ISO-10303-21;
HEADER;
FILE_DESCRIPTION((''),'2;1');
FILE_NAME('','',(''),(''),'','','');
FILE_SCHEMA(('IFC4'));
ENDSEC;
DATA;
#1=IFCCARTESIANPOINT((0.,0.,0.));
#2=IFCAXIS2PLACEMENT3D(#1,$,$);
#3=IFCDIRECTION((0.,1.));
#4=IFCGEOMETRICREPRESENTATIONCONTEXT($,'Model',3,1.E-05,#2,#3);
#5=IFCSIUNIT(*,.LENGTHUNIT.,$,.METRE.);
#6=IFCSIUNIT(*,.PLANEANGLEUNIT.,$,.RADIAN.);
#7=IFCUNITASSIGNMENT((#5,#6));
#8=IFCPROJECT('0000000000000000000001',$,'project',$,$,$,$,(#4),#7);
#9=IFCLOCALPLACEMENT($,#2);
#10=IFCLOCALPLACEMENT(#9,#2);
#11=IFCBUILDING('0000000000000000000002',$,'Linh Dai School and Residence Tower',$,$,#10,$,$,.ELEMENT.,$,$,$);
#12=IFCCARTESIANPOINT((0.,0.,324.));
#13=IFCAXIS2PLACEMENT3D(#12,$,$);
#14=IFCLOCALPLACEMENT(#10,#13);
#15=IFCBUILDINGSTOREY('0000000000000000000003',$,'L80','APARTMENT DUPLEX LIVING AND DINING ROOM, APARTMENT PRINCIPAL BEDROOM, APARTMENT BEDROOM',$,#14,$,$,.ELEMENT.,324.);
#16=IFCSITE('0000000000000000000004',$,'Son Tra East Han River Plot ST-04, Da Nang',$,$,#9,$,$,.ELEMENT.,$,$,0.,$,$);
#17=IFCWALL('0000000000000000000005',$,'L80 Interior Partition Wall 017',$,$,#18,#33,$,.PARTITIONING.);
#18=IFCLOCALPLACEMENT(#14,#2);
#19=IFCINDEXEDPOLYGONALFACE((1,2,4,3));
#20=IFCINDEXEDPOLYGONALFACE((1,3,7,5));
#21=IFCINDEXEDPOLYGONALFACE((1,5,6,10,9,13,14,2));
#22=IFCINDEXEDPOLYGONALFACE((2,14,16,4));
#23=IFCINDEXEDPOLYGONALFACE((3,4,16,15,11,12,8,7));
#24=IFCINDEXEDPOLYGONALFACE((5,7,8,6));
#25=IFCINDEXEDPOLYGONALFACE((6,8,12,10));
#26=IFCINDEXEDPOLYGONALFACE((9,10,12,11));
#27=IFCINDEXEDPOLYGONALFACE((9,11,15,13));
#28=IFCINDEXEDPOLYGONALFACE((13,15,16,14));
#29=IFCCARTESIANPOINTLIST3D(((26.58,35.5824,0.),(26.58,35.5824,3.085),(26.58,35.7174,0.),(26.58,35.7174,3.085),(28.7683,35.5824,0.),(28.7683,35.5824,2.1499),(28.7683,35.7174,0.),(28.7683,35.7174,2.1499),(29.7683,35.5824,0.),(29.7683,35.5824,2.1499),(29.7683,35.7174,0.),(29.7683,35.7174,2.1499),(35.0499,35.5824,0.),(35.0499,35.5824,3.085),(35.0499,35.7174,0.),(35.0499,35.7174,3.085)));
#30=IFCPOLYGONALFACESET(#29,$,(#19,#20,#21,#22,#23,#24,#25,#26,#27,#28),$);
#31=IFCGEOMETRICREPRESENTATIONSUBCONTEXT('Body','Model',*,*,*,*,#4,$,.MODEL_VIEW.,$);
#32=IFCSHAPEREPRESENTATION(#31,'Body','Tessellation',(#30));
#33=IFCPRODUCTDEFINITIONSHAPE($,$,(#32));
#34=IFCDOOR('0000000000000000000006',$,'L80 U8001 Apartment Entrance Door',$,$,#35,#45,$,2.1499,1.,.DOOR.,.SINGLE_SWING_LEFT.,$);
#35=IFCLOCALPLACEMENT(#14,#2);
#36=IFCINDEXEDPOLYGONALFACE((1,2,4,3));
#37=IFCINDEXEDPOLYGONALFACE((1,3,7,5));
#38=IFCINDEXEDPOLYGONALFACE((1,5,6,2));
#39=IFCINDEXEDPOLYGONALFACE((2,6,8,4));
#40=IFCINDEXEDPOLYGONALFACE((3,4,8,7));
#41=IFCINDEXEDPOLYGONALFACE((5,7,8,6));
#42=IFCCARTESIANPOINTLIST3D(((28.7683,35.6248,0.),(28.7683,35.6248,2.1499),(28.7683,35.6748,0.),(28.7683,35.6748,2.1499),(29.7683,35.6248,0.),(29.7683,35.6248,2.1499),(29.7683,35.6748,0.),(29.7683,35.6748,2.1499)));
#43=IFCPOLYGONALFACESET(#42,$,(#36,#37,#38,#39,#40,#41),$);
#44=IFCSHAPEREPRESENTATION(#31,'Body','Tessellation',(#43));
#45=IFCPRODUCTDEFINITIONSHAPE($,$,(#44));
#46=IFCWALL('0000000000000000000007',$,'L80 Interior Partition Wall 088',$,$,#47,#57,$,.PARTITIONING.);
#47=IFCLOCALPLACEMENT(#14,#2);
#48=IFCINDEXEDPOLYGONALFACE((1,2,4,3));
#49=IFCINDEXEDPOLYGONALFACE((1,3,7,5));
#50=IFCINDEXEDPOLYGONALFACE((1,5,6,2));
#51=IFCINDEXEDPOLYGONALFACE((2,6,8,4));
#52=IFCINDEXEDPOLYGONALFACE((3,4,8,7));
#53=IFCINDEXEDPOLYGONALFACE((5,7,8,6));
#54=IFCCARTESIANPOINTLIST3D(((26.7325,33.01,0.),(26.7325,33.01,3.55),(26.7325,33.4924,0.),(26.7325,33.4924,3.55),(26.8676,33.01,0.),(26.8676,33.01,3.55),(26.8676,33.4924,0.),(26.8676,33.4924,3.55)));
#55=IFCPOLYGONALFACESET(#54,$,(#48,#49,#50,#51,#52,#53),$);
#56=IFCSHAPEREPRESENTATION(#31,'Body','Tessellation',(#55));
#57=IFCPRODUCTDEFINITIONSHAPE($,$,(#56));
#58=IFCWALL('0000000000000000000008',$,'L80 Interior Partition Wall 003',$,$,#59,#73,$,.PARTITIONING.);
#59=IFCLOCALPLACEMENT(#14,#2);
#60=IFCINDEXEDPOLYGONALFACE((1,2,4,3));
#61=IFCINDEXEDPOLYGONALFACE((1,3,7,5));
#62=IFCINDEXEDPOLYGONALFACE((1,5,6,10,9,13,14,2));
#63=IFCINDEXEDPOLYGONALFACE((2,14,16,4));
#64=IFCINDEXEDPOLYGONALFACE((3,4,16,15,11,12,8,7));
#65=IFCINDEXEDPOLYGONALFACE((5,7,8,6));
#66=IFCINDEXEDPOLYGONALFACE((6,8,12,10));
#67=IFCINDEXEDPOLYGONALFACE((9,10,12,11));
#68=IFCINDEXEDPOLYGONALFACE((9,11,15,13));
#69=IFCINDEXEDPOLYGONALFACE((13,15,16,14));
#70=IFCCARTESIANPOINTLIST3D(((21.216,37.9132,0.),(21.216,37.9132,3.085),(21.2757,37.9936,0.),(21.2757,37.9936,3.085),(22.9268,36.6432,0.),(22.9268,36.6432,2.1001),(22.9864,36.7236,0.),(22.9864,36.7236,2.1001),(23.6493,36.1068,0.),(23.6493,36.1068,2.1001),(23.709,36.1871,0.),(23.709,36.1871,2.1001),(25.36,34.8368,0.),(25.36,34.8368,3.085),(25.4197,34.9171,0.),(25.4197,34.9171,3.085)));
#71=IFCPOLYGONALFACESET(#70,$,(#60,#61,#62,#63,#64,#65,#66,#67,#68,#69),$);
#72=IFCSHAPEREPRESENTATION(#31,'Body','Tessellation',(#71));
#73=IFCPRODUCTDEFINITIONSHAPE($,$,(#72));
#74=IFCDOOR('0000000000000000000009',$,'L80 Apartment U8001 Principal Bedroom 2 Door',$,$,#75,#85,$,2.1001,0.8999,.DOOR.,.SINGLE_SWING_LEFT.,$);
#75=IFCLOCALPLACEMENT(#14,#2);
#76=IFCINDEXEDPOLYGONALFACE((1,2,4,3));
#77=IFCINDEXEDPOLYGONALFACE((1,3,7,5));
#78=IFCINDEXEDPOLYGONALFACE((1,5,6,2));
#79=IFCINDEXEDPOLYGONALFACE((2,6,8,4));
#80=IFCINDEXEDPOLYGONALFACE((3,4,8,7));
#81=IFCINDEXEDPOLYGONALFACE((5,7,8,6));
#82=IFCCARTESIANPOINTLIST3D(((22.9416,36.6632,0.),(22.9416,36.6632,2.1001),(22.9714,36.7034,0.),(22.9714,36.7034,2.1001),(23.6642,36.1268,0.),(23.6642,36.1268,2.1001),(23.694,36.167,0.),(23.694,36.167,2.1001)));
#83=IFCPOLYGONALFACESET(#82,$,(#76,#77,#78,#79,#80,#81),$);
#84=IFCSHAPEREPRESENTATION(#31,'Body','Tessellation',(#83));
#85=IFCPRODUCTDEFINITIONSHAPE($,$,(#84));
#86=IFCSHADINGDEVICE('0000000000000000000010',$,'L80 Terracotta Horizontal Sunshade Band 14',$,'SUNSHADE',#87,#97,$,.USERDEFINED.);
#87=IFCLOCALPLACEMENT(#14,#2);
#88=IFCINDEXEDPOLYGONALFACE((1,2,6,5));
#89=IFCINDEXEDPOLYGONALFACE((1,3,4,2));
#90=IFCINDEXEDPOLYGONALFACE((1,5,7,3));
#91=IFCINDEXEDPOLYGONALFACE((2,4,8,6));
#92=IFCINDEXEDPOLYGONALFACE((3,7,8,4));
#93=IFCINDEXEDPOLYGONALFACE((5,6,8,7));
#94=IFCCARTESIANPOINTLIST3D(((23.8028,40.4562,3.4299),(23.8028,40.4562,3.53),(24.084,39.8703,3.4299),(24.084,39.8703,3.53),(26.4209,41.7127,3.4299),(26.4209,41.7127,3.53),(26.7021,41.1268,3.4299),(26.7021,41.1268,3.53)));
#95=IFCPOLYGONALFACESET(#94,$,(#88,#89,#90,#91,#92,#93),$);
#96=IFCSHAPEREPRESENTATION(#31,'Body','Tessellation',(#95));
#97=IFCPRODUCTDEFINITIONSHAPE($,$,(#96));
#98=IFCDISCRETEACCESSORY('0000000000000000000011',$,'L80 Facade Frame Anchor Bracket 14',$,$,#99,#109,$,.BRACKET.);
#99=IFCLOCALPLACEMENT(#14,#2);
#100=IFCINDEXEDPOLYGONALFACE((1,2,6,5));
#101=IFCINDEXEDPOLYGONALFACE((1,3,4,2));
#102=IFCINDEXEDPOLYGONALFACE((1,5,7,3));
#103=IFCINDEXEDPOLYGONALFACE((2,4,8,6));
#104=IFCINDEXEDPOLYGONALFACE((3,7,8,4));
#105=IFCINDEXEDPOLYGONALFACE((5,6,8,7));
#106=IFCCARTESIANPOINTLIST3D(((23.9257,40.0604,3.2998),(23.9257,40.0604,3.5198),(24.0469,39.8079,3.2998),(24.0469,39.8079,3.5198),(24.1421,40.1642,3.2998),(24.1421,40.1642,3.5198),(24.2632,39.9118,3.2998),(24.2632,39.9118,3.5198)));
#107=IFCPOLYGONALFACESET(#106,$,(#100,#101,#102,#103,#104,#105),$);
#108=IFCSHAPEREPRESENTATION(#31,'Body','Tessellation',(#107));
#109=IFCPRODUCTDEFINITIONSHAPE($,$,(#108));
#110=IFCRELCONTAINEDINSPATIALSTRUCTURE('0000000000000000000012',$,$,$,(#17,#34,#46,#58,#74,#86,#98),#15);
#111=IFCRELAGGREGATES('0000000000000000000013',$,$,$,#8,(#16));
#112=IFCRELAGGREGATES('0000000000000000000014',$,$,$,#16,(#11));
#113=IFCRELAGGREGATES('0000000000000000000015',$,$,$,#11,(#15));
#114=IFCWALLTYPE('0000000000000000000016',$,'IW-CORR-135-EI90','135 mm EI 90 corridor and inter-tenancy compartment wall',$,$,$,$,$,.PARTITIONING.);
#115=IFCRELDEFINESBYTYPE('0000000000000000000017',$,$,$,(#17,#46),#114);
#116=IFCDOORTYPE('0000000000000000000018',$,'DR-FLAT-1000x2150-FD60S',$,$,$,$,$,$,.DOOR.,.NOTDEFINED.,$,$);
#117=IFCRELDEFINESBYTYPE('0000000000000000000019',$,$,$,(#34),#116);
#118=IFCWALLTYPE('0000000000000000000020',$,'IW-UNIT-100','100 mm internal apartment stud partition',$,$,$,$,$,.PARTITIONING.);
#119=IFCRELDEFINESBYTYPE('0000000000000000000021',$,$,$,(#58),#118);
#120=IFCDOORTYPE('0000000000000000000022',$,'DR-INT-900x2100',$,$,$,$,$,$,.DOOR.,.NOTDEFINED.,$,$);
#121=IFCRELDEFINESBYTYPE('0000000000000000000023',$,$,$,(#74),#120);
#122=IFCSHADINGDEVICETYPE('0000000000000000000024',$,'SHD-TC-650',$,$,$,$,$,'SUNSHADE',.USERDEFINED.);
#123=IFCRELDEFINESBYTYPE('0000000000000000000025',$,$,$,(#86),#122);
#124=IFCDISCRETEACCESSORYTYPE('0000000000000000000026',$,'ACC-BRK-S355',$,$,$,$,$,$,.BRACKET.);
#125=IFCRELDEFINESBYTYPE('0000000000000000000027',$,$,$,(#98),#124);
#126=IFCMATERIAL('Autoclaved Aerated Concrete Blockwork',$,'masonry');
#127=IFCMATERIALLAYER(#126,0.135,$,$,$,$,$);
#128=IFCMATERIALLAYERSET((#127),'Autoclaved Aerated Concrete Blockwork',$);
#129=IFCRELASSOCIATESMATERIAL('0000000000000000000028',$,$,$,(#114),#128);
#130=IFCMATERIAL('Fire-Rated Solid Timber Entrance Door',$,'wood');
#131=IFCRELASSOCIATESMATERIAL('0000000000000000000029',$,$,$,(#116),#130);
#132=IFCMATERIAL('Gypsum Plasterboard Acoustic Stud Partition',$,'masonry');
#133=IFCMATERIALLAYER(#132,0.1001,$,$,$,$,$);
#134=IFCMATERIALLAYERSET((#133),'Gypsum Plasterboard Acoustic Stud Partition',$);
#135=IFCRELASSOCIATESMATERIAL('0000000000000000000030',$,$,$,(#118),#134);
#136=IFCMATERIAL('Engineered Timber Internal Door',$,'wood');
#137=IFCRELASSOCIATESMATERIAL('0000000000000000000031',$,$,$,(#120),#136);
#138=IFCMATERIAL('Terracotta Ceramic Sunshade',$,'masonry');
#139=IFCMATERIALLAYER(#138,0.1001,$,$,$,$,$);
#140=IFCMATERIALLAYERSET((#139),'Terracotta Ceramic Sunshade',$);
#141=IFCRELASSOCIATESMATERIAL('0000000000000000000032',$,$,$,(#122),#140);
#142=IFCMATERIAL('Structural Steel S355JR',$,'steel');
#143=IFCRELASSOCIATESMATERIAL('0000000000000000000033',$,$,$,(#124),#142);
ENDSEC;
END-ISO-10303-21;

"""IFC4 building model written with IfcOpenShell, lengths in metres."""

from ifc_helpers import new_model, si_unit, direction, frame, frame_2d, origin, origin_2d, place, context, subcontext, project, spatial, rectangle, extrude, source, transform, mapped, material, layer, layer_set, type_object, element, fill, save


model = new_model("IFC4")

# Units and contexts
model_context = context("Model", 3, precision=1e-05, world=origin(), true_north=direction((0.0, 1.0)))
body_context = subcontext(model_context, "Body", "Model", "MODEL_VIEW")
ifc_project = project(units=[si_unit("LENGTHUNIT", "METRE"), si_unit("PLANEANGLEUNIT", "RADIAN")], contexts=[model_context])

# Site, building, storey
site_placement = place(None, origin())
site = spatial("IfcSite", under=ifc_project, at=site_placement, Name="Son Tra East Han River Plot ST-04, Da Nang", CompositionType="ELEMENT", RefElevation=0.0)
building_placement = place(site_placement, origin())
building = spatial("IfcBuilding", under=site, at=building_placement, Name="Linh Dai School and Residence Tower", CompositionType="ELEMENT")
storey_placement = place(building_placement, frame((0.0, 0.0, 324.0)))
storey = spatial("IfcBuildingStorey", under=building, at=storey_placement, Name="L80", Description="APARTMENT DUPLEX LIVING AND DINING ROOM, APARTMENT PRINCIPAL BEDROOM, APARTMENT BEDROOM", CompositionType="ELEMENT", Elevation=324.0)

# Shared definitions
ifc_material_1 = material(Name="Structural Steel S355JR", Category="steel")

# Shared definitions
ifc_material_2 = material(Name="Autoclaved Aerated Concrete Blockwork", Category="masonry")
ifc_layer_1 = layer(ifc_material_2, 0.135)
ifc_layer_set_1 = layer_set([ifc_layer_1], Name="Autoclaved Aerated Concrete Blockwork")
wall_type_1 = type_object("IfcWallType", Name="IW-CORR-135-EI90", Description="135 mm EI 90 corridor and inter-tenancy compartment wall", PredefinedType="PARTITIONING", material=ifc_layer_set_1)

# Wall, opening, door
wall_1_placement = place(storey_placement, frame((26.5801, 35.6499, 0.0), z_axis=(0.0, 0.0, 1.0), x_axis=(1.0, 0.0, 0.0)))
wall_1 = element("IfcWall", 1, at=wall_1_placement, inside=storey, type_object=wall_type_1, Name="L80 Interior Partition Wall 017", PredefinedType="PARTITIONING", context=body_context, shape_type="SweptSolid", body=[
    extrude(rectangle(XDim=8.47, YDim=0.135, at=frame_2d((4.2349, 0.0))), origin(), (0.0, 0.0, 1.0), 3.085),
])
opening_1_placement = place(wall_1_placement, frame((2.1882, 0.0, 0.0)))
opening_1 = element("IfcOpeningElement", 2, at=opening_1_placement, cuts=wall_1, PredefinedType="OPENING", context=body_context, shape_type="SweptSolid", body=[
    extrude(rectangle(XDim=1.0, YDim=2.1499, at=origin_2d()), frame((0.5, 0.0776, 1.075), z_axis=(0.0, -1.0, 0.0), x_axis=(1.0, 0.0, 0.0)), (0.0, 0.0, 1.0), 0.155),
])
ifc_material_3 = material(Name="Fire-Rated Solid Timber Entrance Door", Category="wood")
door_type_1 = type_object("IfcDoorType", Name="DR-FLAT-1000x2150-FD60S", OperationType="NOTDEFINED", PredefinedType="DOOR", material=ifc_material_3)
shared_shape_1 = source(origin(), body_context, "Body", "SweptSolid", [
    extrude(rectangle(XDim=1.0, YDim=2.1499, at=origin_2d()), frame((0.5, 0.0249, 1.075), z_axis=(0.0, -1.0, 0.0), x_axis=(1.0, 0.0, 0.0)), (0.0, 0.0, 1.0), 0.05),
])
door_1_placement = place(opening_1_placement, origin())
door_1 = element("IfcDoor", 3, at=door_1_placement, inside=storey, type_object=door_type_1, Name="L80 U8001 Apartment Entrance Door", OperationType="SINGLE_SWING_LEFT", OverallHeight=2.1499, OverallWidth=1.0, PredefinedType="DOOR", context=body_context, shape_type="MappedRepresentation", body=[
    mapped(shared_shape_1, transform((0.0, 0.0, 0.0), x_axis=(1.0, 0.0, 0.0), y_axis=(0.0, 1.0, 0.0), z_axis=(0.0, 0.0, 1.0), scale=1.0)),
])
fill(opening_1, door_1)

# Wall
wall_2_placement = place(storey_placement, frame((26.8, 33.4924, 0.0), z_axis=(0.0, 0.0, 1.0), x_axis=(0.0, -1.0, 0.0)))
element("IfcWall", 4, at=wall_2_placement, inside=storey, type_object=wall_type_1, Name="L80 Interior Partition Wall 088", PredefinedType="PARTITIONING", context=body_context, shape_type="SweptSolid", body=[
    extrude(rectangle(XDim=0.4824, YDim=0.135, at=frame_2d((0.2412, 0.0))), origin(), (0.0, 0.0, 1.0), 3.55),
])

# Wall, opening, door
ifc_material_4 = material(Name="Gypsum Plasterboard Acoustic Stud Partition", Category="masonry")
ifc_layer_2 = layer(ifc_material_4, 0.1001)
ifc_layer_set_2 = layer_set([ifc_layer_2], Name="Gypsum Plasterboard Acoustic Stud Partition")
wall_type_2 = type_object("IfcWallType", Name="IW-UNIT-100", Description="100 mm internal apartment stud partition", PredefinedType="PARTITIONING", material=ifc_layer_set_2)
wall_3_placement = place(storey_placement, frame((21.2458, 37.9534, 0.0), z_axis=(0.0, 0.0, 1.0), x_axis=(0.802931, -0.596072, 0.0)))
wall_3 = element("IfcWall", 5, at=wall_3_placement, inside=storey, type_object=wall_type_2, Name="L80 Interior Partition Wall 003", PredefinedType="PARTITIONING", context=body_context, shape_type="SweptSolid", body=[
    extrude(rectangle(XDim=5.1611, YDim=0.1001, at=frame_2d((2.5806, 0.0))), origin(), (0.0, 0.0, 1.0), 3.085),
])
opening_2_placement = place(wall_3_placement, frame((2.1306, 0.0, 0.0)))
opening_2 = element("IfcOpeningElement", 6, at=opening_2_placement, cuts=wall_3, PredefinedType="OPENING", context=body_context, shape_type="SweptSolid", body=[
    extrude(rectangle(XDim=0.8999, YDim=2.1001, at=origin_2d()), frame((0.45, 0.0601, 1.05), z_axis=(0.0, -1.0, 0.0), x_axis=(1.0, 0.0, 0.0)), (0.0, 0.0, 1.0), 0.1201),
])
ifc_material_5 = material(Name="Engineered Timber Internal Door", Category="wood")
door_type_2 = type_object("IfcDoorType", Name="DR-INT-900x2100", OperationType="NOTDEFINED", PredefinedType="DOOR", material=ifc_material_5)
shared_shape_2 = source(origin(), body_context, "Body", "SweptSolid", [
    extrude(rectangle(XDim=0.8999, YDim=2.1001, at=origin_2d()), frame((0.45, 0.0249, 1.05), z_axis=(0.0, -1.0, 0.0), x_axis=(1.0, 0.0, 0.0)), (0.0, 0.0, 1.0), 0.05),
])
door_2_placement = place(opening_2_placement, origin())
door_2 = element("IfcDoor", 7, at=door_2_placement, inside=storey, type_object=door_type_2, Name="L80 Apartment U8001 Principal Bedroom 2 Door", OperationType="SINGLE_SWING_LEFT", OverallHeight=2.1001, OverallWidth=0.8999, PredefinedType="DOOR", context=body_context, shape_type="MappedRepresentation", body=[
    mapped(shared_shape_2, transform((0.0, 0.0, 0.0), x_axis=(1.0, 0.0, 0.0), y_axis=(0.0, 1.0, 0.0), z_axis=(0.0, 0.0, 1.0), scale=1.0)),
])
fill(opening_2, door_2)

# Shading device
ifc_material_6 = material(Name="Terracotta Ceramic Sunshade", Category="masonry")
ifc_layer_3 = layer(ifc_material_6, 0.1001)
ifc_layer_set_3 = layer_set([ifc_layer_3], Name="Terracotta Ceramic Sunshade")
shading_device_type = type_object("IfcShadingDeviceType", Name="SHD-TC-650", ElementType="SUNSHADE", PredefinedType="USERDEFINED", material=ifc_layer_set_3)
shared_shape_3 = source(origin(), body_context, "Body", "SweptSolid", [
    extrude(rectangle(XDim=2.9041, YDim=0.6499, at=origin_2d()), origin(), (0.0, 0.0, 1.0), 0.1001),
])
shading_device_placement = place(storey_placement, frame((25.2524, 40.7915, 3.4299), z_axis=(0.0, 0.0, 1.0), x_axis=(0.901551, 0.432674, 0.0)))
element("IfcShadingDevice", 8, at=shading_device_placement, inside=storey, type_object=shading_device_type, Name="L80 Terracotta Horizontal Sunshade Band 14", ObjectType="SUNSHADE", PredefinedType="USERDEFINED", context=body_context, shape_type="MappedRepresentation", body=[
    mapped(shared_shape_3, transform((0.0, 0.0, 0.0), x_axis=(1.0, 0.0, 0.0), y_axis=(0.0, 1.0, 0.0), z_axis=(0.0, 0.0, 1.0), scale=1.0)),
])

# Discrete accessory
discrete_accessory_type = type_object("IfcDiscreteAccessoryType", Name="ACC-BRK-S355", PredefinedType="BRACKET", material=ifc_material_1)
shared_shape_4 = source(origin(), body_context, "Body", "SweptSolid", [
    extrude(rectangle(XDim=0.28, YDim=0.24, at=origin_2d()), origin(), (0.0, 0.0, 1.0), 0.22),
])
discrete_accessory_placement = place(storey_placement, frame((24.0945, 39.9861, 3.2998), z_axis=(0.0, 0.0, 1.0), x_axis=(-0.432674, 0.901551, 0.0)))
element("IfcDiscreteAccessory", 9, at=discrete_accessory_placement, inside=storey, type_object=discrete_accessory_type, Name="L80 Facade Frame Anchor Bracket 14", PredefinedType="BRACKET", context=body_context, shape_type="MappedRepresentation", body=[
    mapped(shared_shape_4, transform((0.0, 0.0, 0.0), x_axis=(1.0, 0.0, 0.0), y_axis=(0.0, 1.0, 0.0), z_axis=(0.0, 0.0, 1.0), scale=1.0)),
])

save(model, "model.ifc")
